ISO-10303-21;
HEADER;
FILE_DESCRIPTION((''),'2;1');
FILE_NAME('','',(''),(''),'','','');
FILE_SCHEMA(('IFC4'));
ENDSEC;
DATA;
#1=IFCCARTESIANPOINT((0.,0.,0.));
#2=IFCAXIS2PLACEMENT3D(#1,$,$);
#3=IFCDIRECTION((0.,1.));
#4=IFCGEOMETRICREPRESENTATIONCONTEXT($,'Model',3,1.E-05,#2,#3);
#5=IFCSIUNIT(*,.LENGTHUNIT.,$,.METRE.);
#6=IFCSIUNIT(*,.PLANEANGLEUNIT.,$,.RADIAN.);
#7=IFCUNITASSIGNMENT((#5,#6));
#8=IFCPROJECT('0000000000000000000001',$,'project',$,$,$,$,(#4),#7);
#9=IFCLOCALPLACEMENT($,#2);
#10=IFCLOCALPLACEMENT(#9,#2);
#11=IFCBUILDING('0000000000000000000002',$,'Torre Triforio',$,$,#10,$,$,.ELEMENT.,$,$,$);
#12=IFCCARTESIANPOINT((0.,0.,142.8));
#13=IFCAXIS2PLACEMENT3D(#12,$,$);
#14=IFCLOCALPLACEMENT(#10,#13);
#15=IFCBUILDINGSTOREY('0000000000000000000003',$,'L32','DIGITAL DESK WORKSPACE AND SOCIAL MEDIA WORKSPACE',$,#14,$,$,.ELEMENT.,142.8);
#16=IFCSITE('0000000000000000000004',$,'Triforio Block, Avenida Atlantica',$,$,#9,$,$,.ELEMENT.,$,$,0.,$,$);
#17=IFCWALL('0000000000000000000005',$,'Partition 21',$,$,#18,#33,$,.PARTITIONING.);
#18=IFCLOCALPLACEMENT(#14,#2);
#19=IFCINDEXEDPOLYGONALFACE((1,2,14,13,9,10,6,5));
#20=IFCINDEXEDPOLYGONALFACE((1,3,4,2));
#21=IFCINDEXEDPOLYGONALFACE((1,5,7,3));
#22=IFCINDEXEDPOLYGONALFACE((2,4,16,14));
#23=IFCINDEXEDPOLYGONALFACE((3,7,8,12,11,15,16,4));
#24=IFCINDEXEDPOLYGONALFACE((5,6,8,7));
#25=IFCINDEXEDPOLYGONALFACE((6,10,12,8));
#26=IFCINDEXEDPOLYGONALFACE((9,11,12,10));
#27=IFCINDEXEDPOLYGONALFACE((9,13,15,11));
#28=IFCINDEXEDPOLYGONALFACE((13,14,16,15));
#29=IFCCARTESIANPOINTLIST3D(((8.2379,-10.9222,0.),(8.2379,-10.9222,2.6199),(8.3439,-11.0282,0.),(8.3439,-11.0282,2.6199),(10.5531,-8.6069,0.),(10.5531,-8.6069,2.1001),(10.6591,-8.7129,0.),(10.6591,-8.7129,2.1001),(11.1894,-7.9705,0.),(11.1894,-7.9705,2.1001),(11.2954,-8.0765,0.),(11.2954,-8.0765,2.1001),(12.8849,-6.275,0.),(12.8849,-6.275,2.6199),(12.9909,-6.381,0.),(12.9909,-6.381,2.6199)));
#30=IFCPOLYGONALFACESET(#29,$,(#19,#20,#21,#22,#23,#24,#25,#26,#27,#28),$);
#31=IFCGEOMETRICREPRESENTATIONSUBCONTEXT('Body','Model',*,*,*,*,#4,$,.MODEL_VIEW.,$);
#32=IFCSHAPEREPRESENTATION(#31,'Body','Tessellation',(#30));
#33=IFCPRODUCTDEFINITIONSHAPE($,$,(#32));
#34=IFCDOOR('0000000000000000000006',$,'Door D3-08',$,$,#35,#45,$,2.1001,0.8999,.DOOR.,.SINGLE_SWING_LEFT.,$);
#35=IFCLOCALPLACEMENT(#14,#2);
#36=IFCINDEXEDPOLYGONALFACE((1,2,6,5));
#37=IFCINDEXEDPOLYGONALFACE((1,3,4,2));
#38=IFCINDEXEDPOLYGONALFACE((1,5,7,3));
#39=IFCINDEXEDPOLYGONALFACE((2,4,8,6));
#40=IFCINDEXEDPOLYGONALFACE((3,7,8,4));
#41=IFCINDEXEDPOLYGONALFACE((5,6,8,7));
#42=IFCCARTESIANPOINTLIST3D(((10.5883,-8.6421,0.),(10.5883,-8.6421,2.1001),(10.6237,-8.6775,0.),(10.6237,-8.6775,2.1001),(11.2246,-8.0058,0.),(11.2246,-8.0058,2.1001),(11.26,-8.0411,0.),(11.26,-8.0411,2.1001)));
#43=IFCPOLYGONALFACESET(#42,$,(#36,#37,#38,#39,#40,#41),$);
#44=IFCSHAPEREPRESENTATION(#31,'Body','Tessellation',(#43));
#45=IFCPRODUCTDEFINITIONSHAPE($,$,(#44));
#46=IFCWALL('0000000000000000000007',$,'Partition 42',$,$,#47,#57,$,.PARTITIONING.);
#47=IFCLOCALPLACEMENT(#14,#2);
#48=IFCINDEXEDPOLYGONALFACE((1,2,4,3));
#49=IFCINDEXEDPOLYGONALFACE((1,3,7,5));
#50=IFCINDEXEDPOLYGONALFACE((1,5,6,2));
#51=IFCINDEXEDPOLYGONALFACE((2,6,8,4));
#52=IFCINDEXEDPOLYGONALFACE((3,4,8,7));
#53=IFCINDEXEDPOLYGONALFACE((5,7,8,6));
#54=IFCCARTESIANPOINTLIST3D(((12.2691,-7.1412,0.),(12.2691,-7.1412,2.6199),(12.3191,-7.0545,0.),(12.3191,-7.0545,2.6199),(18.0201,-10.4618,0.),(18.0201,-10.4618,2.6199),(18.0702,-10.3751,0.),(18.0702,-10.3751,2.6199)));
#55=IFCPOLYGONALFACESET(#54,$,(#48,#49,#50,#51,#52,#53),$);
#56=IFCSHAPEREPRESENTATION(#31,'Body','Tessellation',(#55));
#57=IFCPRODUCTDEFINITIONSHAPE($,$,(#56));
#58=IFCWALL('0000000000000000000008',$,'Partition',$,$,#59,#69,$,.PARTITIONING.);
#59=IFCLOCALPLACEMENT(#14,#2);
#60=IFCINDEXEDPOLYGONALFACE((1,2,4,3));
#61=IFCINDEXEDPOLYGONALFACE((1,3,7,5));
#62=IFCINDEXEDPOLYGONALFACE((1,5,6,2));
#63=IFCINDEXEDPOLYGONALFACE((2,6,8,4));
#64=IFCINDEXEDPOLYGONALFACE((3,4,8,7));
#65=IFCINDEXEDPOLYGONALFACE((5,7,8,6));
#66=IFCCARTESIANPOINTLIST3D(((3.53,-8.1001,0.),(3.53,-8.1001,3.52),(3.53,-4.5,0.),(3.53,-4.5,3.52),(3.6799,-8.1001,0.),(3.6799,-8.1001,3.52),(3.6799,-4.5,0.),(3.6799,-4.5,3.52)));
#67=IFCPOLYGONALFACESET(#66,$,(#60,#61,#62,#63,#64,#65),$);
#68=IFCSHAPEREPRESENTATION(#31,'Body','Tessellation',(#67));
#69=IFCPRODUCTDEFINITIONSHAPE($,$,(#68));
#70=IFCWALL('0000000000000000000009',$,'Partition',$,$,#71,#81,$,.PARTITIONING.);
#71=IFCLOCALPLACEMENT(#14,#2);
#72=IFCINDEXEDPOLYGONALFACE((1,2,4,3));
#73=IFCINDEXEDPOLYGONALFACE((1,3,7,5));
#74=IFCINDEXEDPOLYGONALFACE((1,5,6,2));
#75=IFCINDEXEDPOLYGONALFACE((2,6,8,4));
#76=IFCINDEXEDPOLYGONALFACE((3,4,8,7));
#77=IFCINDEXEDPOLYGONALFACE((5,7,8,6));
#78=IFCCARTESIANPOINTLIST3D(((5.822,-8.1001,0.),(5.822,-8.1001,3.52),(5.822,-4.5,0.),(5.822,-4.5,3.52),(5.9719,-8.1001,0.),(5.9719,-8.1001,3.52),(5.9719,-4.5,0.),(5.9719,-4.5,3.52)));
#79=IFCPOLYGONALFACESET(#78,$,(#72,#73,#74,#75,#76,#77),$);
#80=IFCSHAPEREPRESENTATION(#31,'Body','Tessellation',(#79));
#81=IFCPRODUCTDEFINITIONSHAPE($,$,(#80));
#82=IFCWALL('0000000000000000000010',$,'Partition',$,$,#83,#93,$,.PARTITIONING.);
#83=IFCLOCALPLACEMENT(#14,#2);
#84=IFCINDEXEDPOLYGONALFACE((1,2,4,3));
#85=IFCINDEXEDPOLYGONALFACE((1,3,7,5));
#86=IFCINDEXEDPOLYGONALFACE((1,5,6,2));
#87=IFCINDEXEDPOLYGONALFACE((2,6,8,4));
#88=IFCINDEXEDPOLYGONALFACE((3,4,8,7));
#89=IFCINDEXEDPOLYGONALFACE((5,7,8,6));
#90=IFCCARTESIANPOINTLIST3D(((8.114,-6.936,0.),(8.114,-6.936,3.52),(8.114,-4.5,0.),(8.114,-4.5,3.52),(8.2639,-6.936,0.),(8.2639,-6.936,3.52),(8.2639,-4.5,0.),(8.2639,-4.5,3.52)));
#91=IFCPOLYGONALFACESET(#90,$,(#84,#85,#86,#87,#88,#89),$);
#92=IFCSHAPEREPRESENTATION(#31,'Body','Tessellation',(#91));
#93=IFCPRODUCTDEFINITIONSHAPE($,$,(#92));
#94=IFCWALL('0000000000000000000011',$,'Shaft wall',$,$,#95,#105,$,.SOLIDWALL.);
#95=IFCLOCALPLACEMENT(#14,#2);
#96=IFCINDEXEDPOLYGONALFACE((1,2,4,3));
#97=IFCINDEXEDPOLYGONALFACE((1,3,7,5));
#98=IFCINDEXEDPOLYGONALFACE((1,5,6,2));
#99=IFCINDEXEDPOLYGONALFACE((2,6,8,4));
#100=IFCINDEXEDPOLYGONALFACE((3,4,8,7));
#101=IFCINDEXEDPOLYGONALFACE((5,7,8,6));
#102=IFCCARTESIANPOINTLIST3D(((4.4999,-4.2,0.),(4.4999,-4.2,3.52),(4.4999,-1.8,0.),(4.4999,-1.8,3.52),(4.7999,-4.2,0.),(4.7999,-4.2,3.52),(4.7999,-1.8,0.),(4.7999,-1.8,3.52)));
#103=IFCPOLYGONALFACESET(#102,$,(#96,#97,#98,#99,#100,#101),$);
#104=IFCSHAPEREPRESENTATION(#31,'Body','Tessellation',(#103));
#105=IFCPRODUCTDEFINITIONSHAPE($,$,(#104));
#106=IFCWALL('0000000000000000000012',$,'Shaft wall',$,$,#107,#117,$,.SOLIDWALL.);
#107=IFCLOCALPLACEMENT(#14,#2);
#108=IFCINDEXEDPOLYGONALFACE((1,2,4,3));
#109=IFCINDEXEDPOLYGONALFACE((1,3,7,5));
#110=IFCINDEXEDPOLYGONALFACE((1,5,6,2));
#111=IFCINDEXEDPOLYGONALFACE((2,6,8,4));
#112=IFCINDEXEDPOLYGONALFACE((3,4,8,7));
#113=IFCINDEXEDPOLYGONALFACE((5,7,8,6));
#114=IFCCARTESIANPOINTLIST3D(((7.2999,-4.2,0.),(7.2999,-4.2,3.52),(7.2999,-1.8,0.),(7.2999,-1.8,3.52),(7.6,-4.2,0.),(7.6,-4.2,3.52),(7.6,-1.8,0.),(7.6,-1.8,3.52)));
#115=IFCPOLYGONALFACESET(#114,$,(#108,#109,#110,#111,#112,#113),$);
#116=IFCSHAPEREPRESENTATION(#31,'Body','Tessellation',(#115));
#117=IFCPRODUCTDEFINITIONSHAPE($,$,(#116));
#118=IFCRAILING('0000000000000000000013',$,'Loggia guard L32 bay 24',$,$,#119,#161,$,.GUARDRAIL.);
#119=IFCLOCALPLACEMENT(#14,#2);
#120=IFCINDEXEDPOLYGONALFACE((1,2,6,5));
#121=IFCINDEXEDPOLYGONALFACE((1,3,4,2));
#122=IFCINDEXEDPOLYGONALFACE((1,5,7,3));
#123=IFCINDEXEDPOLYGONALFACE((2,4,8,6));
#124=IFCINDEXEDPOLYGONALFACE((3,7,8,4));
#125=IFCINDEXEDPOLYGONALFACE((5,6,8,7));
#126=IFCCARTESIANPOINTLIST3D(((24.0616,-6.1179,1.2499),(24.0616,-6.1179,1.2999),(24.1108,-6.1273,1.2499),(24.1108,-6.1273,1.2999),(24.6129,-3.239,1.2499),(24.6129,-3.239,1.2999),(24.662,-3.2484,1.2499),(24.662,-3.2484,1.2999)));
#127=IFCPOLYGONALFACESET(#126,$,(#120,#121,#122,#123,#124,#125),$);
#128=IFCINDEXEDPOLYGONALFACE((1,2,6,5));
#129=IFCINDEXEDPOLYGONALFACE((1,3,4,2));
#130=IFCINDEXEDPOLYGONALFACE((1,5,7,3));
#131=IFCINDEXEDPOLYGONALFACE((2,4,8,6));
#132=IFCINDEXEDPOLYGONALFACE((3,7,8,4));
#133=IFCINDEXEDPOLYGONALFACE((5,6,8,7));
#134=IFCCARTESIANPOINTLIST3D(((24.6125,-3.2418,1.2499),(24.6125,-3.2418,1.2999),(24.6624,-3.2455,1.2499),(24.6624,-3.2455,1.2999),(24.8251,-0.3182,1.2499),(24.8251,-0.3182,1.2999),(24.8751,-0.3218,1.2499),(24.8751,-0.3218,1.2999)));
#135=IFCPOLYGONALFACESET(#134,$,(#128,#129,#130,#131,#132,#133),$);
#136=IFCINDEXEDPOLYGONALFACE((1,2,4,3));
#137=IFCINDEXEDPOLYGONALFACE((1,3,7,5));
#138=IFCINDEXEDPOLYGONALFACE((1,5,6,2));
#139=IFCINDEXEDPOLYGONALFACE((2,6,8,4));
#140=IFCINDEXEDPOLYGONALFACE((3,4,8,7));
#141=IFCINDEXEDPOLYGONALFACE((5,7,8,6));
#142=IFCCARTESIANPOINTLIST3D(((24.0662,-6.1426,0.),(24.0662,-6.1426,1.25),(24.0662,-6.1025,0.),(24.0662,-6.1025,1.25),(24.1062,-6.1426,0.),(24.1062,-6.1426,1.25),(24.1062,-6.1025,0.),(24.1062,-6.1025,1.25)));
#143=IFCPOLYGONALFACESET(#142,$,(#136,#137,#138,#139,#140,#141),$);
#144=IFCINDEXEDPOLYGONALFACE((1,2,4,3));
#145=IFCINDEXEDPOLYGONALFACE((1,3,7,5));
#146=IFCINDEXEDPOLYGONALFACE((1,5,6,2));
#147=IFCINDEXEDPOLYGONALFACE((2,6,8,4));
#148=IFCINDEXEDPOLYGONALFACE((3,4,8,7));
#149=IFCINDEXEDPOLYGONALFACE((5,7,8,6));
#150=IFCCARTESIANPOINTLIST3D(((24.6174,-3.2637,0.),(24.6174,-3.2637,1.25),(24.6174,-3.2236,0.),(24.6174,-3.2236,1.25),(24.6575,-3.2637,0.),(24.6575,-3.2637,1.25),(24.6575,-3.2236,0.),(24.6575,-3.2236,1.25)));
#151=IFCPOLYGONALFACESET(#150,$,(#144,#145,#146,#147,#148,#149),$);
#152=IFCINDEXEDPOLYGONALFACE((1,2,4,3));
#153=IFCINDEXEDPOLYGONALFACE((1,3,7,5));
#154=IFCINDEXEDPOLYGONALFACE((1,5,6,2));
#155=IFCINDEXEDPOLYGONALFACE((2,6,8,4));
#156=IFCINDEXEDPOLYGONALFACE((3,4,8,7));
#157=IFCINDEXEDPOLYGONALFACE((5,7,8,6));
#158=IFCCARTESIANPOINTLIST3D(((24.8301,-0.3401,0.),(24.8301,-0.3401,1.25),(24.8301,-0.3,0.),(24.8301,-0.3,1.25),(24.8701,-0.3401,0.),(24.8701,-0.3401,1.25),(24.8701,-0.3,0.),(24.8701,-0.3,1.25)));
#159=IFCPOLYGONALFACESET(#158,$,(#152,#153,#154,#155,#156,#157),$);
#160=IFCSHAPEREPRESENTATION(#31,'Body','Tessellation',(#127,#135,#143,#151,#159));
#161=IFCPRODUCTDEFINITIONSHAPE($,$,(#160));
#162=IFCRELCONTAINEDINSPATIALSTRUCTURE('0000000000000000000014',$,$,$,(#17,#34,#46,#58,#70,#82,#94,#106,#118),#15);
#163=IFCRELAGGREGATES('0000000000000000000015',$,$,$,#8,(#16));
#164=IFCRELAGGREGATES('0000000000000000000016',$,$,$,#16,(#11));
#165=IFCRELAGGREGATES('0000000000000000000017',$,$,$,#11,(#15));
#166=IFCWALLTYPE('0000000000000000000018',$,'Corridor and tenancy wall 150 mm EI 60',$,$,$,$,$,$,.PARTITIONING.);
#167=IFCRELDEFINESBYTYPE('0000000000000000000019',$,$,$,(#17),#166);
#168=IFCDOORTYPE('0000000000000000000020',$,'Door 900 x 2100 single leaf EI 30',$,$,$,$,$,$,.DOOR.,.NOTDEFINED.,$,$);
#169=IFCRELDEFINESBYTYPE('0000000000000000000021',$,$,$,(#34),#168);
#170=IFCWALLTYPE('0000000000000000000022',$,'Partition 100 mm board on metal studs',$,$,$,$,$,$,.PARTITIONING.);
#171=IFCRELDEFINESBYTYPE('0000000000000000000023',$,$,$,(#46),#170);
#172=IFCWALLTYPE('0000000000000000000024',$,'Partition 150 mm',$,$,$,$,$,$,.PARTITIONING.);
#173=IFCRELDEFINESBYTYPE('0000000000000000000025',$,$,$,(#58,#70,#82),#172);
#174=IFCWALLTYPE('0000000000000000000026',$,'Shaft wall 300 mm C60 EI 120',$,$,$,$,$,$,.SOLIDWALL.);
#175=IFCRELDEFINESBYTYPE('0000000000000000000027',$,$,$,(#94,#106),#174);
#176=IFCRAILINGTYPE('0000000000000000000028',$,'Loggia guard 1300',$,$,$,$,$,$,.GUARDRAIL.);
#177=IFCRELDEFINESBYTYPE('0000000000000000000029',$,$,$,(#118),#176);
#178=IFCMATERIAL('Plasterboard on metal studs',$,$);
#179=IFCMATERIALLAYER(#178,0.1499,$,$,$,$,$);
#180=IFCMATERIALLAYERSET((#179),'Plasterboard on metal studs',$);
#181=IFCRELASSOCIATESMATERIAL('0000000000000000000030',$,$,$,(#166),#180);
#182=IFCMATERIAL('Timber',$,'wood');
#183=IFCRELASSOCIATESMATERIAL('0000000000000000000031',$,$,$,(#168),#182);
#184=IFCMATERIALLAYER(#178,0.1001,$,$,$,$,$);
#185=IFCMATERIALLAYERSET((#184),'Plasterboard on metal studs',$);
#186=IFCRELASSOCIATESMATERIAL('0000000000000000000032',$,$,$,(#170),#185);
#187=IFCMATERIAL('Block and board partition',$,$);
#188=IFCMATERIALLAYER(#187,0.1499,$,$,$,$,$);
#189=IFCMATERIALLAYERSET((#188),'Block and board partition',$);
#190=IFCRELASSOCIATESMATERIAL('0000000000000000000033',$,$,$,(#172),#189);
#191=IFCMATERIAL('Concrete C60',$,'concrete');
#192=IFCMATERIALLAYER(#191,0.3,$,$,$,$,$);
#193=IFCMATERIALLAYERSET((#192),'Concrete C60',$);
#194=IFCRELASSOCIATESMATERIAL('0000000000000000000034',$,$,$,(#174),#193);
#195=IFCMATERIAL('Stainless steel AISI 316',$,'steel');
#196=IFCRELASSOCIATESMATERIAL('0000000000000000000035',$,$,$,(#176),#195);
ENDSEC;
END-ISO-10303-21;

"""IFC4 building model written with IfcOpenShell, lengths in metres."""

from ifc_helpers import new_model, si_unit, direction, frame, frame_2d, origin, origin_2d, place, context, subcontext, project, spatial, rectangle, extrude, material, layer, layer_set, type_object, element, fill, save


model = new_model("IFC4")

# Units and contexts
model_context = context("Model", 3, precision=1e-05, world=origin(), true_north=direction((0.0, 1.0)))
body_context = subcontext(model_context, "Body", "Model", "MODEL_VIEW")
ifc_project = project(units=[si_unit("LENGTHUNIT", "METRE"), si_unit("PLANEANGLEUNIT", "RADIAN")], contexts=[model_context])

# Site, building, storey
site_placement = place(None, origin())
site = spatial("IfcSite", under=ifc_project, at=site_placement, Name="Triforio Block, Avenida Atlantica", CompositionType="ELEMENT", RefElevation=0.0)
building_placement = place(site_placement, origin())
building = spatial("IfcBuilding", under=site, at=building_placement, Name="Torre Triforio", CompositionType="ELEMENT")
storey_placement = place(building_placement, frame((0.0, 0.0, 142.8)))
storey = spatial("IfcBuildingStorey", under=building, at=storey_placement, Name="L32", Description="DIGITAL DESK WORKSPACE AND SOCIAL MEDIA WORKSPACE", CompositionType="ELEMENT", Elevation=142.8)

# Shared definitions
ifc_material_1 = material(Name="Concrete C60", Category="concrete")

# Wall, opening, door
ifc_material_2 = material(Name="Plasterboard on metal studs")
ifc_layer_1 = layer(ifc_material_2, 0.1499)
ifc_layer_set_1 = layer_set([ifc_layer_1], Name="Plasterboard on metal studs")
wall_type_1 = type_object("IfcWallType", Name="Corridor and tenancy wall 150 mm EI 60", PredefinedType="PARTITIONING", material=ifc_layer_set_1)
wall_1_placement = place(storey_placement, frame((12.938, -6.3279, 0.0), z_axis=(0.0, 0.0, 1.0), x_axis=(-0.707088, -0.707125, 0.0)))
wall_1 = element("IfcWall", 1, at=wall_1_placement, inside=storey, type_object=wall_type_1, Name="Partition 21", PredefinedType="PARTITIONING", context=body_context, shape_type="SweptSolid", body=[
    extrude(rectangle(XDim=6.572, YDim=0.1499, at=frame_2d((3.2861, 0.0))), origin(), (0.0, 0.0, 1.0), 2.6199),
])
opening_1_placement = place(wall_1_placement, frame((2.3979, 0.0, 0.0)))
opening_1 = element("IfcOpeningElement", 2, at=opening_1_placement, cuts=wall_1, PredefinedType="OPENING", context=body_context, shape_type="SweptSolid", body=[
    extrude(rectangle(XDim=0.8999, YDim=2.1001, at=frame_2d((0.45, 1.05))), frame((0.0, 0.085, 0.0), z_axis=(0.0, -1.0, 0.0), x_axis=(1.0, 0.0, 0.0)), (0.0, 0.0, 1.0), 0.1699),
])
ifc_material_3 = material(Name="Timber", Category="wood")
door_type_1 = type_object("IfcDoorType", Name="Door 900 x 2100 single leaf EI 30", OperationType="NOTDEFINED", PredefinedType="DOOR", material=ifc_material_3)
door_1_placement = place(opening_1_placement, origin())
door_1 = element("IfcDoor", 3, at=door_1_placement, inside=storey, type_object=door_type_1, Name="Door D3-08", OperationType="SINGLE_SWING_LEFT", OverallHeight=2.1001, OverallWidth=0.8999, PredefinedType="DOOR", context=body_context, shape_type="SweptSolid", body=[
    extrude(rectangle(XDim=0.8999, YDim=2.1001, at=frame_2d((0.45, 1.05))), frame((0.0, 0.0249, 0.0), z_axis=(0.0, -1.0, 0.0), x_axis=(1.0, 0.0, 0.0)), (0.0, 0.0, 1.0), 0.05),
])
fill(opening_1, door_1)

# Walls
ifc_layer_2 = layer(ifc_material_2, 0.1001)
ifc_layer_set_2 = layer_set([ifc_layer_2], Name="Plasterboard on metal studs")
wall_type_2 = type_object("IfcWallType", Name="Partition 100 mm board on metal studs", PredefinedType="PARTITIONING", material=ifc_layer_set_2)
wall_2_placement = place(storey_placement, frame((12.2942, -7.0979, 0.0), z_axis=(0.0, 0.0, 1.0), x_axis=(0.86601, -0.500026, 0.0)))
element("IfcWall", 4, at=wall_2_placement, inside=storey, type_object=wall_type_2, Name="Partition 42", PredefinedType="PARTITIONING", context=body_context, shape_type="SweptSolid", body=[
    extrude(rectangle(XDim=6.6409, YDim=0.1001, at=frame_2d((3.3203, 0.0))), origin(), (0.0, 0.0, 1.0), 2.6199),
])
ifc_material_4 = material(Name="Block and board partition")
ifc_layer_3 = layer(ifc_material_4, 0.1499)
ifc_layer_set_3 = layer_set([ifc_layer_3], Name="Block and board partition")
wall_type_3 = type_object("IfcWallType", Name="Partition 150 mm", PredefinedType="PARTITIONING", material=ifc_layer_set_3)
for number, where, z_axis, x_axis, name in (
    (5, (3.605, -8.1001, 0.0), (0.0, 0.0, 1.0), (0.0, 1.0, 0.0), "Partition"),
    (6, (5.897, -8.1001, 0.0), (0.0, 0.0, 1.0), (0.0, 1.0, 0.0), "Partition"),
):
    element("IfcWall", number, at=place(storey_placement, frame(where, z_axis=z_axis, x_axis=x_axis)), inside=storey, type_object=wall_type_3, Name=name, PredefinedType="PARTITIONING", context=body_context, shape_type="SweptSolid", body=[
        extrude(rectangle(XDim=3.6001, YDim=0.1499, at=frame_2d((1.8, 0.0))), origin(), (0.0, 0.0, 1.0), 3.52),
    ])
wall_3_placement = place(storey_placement, frame((8.189, -6.936, 0.0), z_axis=(0.0, 0.0, 1.0), x_axis=(0.0, 1.0, 0.0)))
element("IfcWall", 7, at=wall_3_placement, inside=storey, type_object=wall_type_3, Name="Partition", PredefinedType="PARTITIONING", context=body_context, shape_type="SweptSolid", body=[
    extrude(rectangle(XDim=2.436, YDim=0.1499, at=frame_2d((1.218, 0.0))), origin(), (0.0, 0.0, 1.0), 3.52),
])
ifc_layer_4 = layer(ifc_material_1, 0.3)
ifc_layer_set_4 = layer_set([ifc_layer_4], Name="Concrete C60")
wall_type_4 = type_object("IfcWallType", Name="Shaft wall 300 mm C60 EI 120", PredefinedType="SOLIDWALL", material=ifc_layer_set_4)
for number, where, z_axis, x_axis, name in (
    (8, (4.6499, -4.2, 0.0), (0.0, 0.0, 1.0), (0.0, 1.0, 0.0), "Shaft wall"),
    (9, (7.45, -4.2, 0.0), (0.0, 0.0, 1.0), (0.0, 1.0, 0.0), "Shaft wall"),
):
    element("IfcWall", number, at=place(storey_placement, frame(where, z_axis=z_axis, x_axis=x_axis)), inside=storey, type_object=wall_type_4, Name=name, PredefinedType="SOLIDWALL", context=body_context, shape_type="SweptSolid", body=[
        extrude(rectangle(XDim=2.3999, YDim=0.3, at=frame_2d((1.2, 0.0))), origin(), (0.0, 0.0, 1.0), 3.52),
    ])

# Railing
ifc_material_5 = material(Name="Stainless steel AISI 316", Category="steel")
railing_type = type_object("IfcRailingType", Name="Loggia guard 1300", PredefinedType="GUARDRAIL", material=ifc_material_5)
railing_placement = place(storey_placement, frame((24.0862, -6.1226, 0.0)))
element("IfcRailing", 10, at=railing_placement, inside=storey, type_object=railing_type, Name="Loggia guard L32 bay 24", PredefinedType="GUARDRAIL", context=body_context, shape_type="SweptSolid", body=[
    extrude(rectangle(XDim=0.05, YDim=0.05, at=origin_2d()), frame((0.0, 0.0, 1.2749), z_axis=(0.188069, 0.982156, 0.0), x_axis=(-0.982156, 0.188069, 0.0)), (0.0, 0.0, 1.0), 2.9312),
    extrude(rectangle(XDim=0.05, YDim=0.05, at=origin_2d()), frame((0.5513, 2.8789, 1.2749), z_axis=(0.072543, 0.997365, 0.0), x_axis=(-0.997365, 0.072543, 0.0)), (0.0, 0.0, 1.0), 2.9314),
    extrude(rectangle(XDim=0.04, YDim=0.04, at=origin_2d()), origin(), (0.0, 0.0, 1.0), 1.25),
    extrude(rectangle(XDim=0.04, YDim=0.04, at=origin_2d()), frame((0.5513, 2.8789, 0.0)), (0.0, 0.0, 1.0), 1.25),
    extrude(rectangle(XDim=0.04, YDim=0.04, at=origin_2d()), frame((0.7639, 5.8025, 0.0)), (0.0, 0.0, 1.0), 1.25),
])

save(model, "model.ifc")
